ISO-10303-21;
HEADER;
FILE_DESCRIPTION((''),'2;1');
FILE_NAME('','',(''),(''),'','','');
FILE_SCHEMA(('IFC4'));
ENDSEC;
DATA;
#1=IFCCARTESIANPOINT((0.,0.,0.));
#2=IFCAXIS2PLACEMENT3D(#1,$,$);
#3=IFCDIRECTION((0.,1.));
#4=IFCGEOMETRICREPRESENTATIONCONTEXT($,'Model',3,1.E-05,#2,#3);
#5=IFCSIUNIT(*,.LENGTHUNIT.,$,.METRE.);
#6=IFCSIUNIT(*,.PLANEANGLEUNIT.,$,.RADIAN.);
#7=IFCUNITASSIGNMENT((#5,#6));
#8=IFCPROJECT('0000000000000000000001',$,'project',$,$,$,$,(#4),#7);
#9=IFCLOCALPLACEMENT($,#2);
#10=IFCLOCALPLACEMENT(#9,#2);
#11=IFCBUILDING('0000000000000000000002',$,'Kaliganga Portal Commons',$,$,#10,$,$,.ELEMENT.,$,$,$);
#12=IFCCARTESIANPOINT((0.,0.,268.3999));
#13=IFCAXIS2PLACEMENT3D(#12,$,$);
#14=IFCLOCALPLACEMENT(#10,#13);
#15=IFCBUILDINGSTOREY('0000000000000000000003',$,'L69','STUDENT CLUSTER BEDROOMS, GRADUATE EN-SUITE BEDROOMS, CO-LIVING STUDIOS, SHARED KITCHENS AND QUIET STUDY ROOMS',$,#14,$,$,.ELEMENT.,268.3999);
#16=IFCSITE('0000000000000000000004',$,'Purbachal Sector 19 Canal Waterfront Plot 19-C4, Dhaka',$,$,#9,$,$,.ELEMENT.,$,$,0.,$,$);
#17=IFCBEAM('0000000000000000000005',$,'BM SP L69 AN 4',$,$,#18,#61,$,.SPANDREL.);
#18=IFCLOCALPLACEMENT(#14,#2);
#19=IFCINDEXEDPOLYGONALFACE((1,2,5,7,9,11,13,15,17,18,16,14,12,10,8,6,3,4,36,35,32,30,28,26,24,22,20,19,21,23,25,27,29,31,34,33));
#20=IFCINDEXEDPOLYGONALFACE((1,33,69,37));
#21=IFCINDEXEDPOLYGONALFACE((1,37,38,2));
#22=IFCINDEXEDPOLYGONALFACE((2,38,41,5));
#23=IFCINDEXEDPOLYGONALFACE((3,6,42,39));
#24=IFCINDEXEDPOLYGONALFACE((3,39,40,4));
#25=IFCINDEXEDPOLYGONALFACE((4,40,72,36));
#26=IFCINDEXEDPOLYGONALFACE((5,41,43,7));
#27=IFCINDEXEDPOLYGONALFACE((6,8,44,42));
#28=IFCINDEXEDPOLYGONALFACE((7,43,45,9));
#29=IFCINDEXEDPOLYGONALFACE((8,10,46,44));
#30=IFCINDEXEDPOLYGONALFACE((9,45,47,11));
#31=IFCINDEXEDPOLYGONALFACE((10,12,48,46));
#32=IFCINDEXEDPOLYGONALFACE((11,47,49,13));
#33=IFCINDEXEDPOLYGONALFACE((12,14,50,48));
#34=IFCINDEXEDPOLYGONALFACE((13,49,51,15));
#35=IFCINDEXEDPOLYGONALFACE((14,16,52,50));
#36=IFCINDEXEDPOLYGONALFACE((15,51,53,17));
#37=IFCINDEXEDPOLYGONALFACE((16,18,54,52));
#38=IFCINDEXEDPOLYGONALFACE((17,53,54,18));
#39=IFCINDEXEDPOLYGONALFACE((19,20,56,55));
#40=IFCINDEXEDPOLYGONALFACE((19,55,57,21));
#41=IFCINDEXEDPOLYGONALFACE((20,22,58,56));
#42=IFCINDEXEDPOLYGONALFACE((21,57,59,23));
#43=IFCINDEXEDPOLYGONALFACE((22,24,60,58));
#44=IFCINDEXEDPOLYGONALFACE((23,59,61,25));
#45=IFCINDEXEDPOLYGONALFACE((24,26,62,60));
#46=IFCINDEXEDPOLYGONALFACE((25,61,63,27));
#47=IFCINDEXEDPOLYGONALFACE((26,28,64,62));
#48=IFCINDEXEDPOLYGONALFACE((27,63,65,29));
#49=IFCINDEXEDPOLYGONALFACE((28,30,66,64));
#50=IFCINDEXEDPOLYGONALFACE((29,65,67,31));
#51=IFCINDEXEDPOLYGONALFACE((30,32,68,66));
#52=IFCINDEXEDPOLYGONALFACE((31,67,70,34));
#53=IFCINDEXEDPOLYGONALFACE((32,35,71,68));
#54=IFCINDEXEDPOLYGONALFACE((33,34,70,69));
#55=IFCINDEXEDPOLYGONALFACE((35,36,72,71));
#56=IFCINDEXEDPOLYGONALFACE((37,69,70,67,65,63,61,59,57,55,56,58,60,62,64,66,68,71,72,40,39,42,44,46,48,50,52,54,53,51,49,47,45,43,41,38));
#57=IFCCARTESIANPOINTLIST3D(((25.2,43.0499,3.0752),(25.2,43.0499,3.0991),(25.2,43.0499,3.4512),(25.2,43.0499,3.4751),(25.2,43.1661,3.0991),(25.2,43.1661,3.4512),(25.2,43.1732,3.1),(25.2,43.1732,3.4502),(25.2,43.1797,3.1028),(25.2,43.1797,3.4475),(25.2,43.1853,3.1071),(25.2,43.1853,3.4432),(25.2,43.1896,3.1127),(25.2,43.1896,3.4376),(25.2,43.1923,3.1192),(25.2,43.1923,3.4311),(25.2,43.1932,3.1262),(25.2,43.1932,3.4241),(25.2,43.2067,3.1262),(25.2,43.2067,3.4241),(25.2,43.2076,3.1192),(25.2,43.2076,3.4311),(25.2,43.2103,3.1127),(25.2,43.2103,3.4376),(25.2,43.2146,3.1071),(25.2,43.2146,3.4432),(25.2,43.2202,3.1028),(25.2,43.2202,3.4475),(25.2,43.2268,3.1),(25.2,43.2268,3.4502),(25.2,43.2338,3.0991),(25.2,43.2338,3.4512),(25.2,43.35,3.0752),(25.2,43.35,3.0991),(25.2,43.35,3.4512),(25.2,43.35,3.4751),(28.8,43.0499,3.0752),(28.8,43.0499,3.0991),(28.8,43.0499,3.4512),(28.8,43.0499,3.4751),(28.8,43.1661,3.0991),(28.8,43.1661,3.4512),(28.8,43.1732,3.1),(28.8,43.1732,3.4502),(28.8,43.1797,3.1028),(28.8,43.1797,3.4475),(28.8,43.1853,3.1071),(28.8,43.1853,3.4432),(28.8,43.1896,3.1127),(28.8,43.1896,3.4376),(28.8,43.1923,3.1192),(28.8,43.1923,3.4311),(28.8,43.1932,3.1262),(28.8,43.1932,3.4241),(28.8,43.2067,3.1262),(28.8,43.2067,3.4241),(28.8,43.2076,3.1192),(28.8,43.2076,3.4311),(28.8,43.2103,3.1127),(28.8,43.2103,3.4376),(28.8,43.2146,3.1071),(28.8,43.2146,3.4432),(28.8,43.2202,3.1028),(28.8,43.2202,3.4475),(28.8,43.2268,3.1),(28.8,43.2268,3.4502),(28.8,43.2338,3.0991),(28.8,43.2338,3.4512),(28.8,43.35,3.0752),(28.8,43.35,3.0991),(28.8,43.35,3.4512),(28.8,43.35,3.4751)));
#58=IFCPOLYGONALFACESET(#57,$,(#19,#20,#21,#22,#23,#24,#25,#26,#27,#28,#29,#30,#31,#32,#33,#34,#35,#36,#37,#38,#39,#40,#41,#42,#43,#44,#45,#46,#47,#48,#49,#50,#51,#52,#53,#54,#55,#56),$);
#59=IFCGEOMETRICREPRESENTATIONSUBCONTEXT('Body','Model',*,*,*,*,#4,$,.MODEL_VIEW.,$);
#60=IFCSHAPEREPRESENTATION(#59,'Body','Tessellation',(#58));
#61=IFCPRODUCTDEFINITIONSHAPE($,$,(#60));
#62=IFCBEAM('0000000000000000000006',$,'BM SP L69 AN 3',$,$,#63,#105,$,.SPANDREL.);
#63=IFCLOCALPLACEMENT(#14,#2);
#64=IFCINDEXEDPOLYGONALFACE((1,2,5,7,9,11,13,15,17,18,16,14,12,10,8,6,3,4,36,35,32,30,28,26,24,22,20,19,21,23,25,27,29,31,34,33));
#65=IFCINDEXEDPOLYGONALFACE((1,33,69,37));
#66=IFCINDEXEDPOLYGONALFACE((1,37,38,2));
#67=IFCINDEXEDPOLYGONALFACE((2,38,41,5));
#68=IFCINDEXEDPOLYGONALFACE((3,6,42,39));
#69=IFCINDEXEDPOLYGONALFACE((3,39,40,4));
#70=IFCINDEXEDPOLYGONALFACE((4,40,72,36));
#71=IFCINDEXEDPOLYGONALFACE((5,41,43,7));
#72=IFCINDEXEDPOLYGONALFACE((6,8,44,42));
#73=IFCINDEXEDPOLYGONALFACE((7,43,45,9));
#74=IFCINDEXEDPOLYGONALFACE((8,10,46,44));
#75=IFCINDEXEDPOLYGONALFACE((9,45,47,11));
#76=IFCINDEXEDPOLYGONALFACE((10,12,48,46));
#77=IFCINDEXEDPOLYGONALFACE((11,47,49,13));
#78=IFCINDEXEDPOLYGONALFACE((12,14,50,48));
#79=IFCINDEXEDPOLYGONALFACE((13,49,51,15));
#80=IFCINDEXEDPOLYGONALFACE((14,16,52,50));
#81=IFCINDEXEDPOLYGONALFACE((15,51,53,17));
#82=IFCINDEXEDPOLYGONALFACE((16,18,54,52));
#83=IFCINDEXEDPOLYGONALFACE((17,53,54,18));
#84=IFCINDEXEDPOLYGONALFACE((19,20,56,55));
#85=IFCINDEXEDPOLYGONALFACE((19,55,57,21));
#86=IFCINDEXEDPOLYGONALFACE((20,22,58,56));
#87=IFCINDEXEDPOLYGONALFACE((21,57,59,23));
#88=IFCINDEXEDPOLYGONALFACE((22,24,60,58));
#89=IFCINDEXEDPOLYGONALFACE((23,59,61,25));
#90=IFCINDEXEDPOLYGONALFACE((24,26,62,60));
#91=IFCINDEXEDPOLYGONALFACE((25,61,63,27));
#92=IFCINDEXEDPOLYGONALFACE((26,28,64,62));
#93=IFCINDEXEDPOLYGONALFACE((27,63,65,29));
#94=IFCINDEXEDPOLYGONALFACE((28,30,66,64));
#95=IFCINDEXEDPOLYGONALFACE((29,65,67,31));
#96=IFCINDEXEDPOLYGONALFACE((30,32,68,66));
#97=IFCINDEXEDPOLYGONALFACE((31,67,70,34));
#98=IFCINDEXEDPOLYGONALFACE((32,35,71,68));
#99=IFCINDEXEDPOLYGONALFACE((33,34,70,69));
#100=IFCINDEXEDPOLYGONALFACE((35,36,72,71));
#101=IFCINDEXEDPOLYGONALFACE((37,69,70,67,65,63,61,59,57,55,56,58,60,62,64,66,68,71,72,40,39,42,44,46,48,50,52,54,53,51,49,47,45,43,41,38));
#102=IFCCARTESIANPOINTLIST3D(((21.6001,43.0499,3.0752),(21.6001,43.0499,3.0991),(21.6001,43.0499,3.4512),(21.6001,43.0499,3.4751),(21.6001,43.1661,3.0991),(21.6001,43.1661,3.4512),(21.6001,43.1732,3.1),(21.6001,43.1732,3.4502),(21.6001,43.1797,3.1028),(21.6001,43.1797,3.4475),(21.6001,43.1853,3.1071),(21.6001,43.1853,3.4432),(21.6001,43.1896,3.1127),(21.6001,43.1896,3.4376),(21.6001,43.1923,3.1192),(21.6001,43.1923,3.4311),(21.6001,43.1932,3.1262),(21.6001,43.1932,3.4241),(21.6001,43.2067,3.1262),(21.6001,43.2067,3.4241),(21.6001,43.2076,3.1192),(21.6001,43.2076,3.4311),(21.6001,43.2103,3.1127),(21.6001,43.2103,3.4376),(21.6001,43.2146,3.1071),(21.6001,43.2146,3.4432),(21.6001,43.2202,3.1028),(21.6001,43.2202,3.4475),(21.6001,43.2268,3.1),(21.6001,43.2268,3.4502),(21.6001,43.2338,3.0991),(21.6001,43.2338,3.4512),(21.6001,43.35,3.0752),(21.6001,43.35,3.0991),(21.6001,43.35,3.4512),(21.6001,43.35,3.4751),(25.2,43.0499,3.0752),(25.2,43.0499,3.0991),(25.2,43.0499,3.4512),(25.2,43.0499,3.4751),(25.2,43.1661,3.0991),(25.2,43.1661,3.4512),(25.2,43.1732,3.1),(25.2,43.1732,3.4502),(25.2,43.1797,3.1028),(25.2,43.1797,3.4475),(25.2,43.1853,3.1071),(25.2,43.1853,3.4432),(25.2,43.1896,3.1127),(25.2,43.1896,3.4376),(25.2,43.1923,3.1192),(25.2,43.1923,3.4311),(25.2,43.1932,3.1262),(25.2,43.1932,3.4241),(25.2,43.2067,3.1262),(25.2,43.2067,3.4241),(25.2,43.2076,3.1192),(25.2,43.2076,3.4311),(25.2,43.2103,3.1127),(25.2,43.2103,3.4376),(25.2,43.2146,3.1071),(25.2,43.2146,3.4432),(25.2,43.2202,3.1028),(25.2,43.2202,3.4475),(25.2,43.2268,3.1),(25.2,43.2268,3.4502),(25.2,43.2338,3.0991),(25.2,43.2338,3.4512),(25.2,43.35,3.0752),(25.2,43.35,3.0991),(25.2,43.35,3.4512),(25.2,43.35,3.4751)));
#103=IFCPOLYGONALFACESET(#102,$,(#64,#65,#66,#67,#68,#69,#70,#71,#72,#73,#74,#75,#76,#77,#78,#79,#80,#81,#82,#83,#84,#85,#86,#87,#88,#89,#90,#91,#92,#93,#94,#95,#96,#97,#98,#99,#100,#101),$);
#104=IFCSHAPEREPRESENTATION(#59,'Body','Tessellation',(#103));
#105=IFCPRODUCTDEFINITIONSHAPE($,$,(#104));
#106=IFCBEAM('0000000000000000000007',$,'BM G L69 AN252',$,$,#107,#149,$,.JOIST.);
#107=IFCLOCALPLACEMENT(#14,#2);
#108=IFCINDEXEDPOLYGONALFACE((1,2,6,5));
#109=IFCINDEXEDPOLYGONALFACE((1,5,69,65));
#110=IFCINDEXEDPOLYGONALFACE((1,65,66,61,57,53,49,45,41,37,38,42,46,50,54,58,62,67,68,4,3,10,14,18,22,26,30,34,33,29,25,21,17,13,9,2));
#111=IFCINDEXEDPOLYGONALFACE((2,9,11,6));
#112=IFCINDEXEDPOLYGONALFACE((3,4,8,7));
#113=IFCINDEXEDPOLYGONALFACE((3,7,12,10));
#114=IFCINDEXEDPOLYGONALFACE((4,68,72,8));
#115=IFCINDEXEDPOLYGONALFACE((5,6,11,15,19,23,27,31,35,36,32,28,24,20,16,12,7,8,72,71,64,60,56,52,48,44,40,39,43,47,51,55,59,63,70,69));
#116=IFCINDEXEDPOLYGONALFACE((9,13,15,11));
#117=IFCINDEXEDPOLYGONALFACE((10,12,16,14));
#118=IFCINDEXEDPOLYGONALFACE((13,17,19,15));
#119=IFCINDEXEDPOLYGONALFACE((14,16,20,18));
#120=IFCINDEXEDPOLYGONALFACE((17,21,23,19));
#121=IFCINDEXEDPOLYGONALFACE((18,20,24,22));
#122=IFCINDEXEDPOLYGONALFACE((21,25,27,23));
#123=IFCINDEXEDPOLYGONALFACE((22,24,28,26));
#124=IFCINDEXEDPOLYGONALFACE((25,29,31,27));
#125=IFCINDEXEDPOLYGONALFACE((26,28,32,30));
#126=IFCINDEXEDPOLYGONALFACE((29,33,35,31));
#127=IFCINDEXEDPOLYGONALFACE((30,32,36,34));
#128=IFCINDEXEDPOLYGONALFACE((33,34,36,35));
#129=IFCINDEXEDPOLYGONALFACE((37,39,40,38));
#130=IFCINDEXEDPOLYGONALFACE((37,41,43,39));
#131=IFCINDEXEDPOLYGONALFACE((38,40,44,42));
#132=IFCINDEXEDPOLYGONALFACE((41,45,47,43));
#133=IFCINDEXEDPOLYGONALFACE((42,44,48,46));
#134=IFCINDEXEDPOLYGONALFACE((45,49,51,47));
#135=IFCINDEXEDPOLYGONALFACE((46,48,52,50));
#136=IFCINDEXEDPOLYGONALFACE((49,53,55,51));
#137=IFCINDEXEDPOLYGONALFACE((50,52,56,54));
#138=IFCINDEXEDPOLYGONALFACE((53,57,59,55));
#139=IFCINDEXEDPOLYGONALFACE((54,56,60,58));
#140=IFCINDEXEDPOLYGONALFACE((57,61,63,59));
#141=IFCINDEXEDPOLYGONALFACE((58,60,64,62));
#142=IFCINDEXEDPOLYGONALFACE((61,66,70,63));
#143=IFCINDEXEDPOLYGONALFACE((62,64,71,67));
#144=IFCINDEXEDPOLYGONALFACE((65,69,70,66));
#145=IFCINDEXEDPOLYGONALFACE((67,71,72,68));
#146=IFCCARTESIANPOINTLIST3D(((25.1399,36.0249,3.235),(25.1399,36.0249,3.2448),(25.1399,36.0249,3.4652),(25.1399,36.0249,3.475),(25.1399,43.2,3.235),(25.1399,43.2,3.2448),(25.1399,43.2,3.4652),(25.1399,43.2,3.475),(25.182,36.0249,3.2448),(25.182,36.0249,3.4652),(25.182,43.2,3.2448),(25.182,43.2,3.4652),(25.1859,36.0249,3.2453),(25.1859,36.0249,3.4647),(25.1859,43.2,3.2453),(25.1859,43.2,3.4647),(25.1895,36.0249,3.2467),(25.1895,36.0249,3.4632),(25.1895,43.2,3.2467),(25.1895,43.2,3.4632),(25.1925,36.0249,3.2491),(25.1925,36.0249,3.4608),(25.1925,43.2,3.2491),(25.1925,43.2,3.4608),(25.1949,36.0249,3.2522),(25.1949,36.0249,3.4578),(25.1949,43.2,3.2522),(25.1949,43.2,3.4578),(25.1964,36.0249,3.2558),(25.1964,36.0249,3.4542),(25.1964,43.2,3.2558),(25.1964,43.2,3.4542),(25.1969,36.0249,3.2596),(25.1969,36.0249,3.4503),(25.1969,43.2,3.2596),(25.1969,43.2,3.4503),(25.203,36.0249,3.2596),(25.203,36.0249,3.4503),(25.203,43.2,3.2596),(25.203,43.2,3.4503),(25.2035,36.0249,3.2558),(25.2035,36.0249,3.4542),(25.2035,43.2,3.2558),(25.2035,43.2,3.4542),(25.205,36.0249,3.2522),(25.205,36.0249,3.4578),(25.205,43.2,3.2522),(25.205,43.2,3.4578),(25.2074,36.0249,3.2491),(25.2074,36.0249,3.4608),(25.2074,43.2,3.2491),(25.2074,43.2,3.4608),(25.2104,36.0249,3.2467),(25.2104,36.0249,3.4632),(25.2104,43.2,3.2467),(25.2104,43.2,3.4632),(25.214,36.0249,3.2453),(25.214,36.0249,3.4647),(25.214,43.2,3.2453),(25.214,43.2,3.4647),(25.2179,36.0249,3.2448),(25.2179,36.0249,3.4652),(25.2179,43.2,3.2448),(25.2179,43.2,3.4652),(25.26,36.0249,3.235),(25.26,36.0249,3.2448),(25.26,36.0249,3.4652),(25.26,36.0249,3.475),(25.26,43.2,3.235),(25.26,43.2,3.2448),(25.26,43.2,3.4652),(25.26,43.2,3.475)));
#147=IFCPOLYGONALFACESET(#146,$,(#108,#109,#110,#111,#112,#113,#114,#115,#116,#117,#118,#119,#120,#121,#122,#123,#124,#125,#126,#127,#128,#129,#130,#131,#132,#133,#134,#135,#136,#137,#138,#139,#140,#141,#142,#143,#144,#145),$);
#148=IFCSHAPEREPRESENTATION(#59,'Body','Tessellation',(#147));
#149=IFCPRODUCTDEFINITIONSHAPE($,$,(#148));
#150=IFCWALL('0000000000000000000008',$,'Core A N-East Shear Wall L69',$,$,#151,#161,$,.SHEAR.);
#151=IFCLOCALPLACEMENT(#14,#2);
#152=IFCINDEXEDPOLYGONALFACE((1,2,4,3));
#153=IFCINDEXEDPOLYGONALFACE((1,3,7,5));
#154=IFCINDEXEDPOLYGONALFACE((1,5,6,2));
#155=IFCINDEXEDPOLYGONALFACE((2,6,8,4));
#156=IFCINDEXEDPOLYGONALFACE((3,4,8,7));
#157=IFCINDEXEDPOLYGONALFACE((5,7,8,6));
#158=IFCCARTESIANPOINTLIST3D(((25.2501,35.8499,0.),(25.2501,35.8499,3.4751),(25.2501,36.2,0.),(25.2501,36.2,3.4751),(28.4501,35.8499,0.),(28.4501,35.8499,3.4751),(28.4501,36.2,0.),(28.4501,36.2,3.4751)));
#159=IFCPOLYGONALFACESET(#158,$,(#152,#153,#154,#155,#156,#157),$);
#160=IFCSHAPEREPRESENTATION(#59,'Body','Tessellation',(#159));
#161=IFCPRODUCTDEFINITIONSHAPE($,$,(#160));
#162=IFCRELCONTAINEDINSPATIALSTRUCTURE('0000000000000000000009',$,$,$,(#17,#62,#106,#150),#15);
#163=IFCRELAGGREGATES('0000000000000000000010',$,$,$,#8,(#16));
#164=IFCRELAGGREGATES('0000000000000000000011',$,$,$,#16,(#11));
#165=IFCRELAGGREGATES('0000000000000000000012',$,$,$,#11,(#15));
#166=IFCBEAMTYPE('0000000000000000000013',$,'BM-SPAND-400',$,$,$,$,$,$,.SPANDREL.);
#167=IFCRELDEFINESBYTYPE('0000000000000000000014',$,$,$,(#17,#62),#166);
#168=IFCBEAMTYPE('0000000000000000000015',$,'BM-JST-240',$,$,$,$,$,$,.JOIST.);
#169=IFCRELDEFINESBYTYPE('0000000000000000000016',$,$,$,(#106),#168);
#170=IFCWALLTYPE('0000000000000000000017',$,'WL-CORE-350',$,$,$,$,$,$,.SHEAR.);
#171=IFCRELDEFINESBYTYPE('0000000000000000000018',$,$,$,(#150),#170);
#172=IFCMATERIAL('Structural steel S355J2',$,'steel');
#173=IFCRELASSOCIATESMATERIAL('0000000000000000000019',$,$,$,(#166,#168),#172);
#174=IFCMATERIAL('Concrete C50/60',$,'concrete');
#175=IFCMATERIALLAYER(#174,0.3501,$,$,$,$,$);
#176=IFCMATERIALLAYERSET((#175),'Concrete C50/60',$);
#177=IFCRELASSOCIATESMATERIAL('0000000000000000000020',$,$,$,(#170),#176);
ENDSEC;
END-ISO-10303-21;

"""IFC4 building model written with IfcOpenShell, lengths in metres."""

from ifc_helpers import new_model, si_unit, direction, frame, frame_2d, origin, origin_2d, place, context, subcontext, project, spatial, rectangle, i_section, extrude, source, transform, mapped, material, layer, layer_set, material_profile, profile_set, type_object, element, save


model = new_model("IFC4")

# Units and contexts
model_context = context("Model", 3, precision=1e-05, world=origin(), true_north=direction((0.0, 1.0)))
body_context = subcontext(model_context, "Body", "Model", "MODEL_VIEW")
ifc_project = project(units=[si_unit("LENGTHUNIT", "METRE"), si_unit("PLANEANGLEUNIT", "RADIAN")], contexts=[model_context])

# Site, building, storey
site_placement = place(None, origin())
site = spatial("IfcSite", under=ifc_project, at=site_placement, Name="Purbachal Sector 19 Canal Waterfront Plot 19-C4, Dhaka", CompositionType="ELEMENT", RefElevation=0.0)
building_placement = place(site_placement, origin())
building = spatial("IfcBuilding", under=site, at=building_placement, Name="Kaliganga Portal Commons", CompositionType="ELEMENT")
storey_placement = place(building_placement, frame((0.0, 0.0, 268.3999)))
storey = spatial("IfcBuildingStorey", under=building, at=storey_placement, Name="L69", Description="STUDENT CLUSTER BEDROOMS, GRADUATE EN-SUITE BEDROOMS, CO-LIVING STUDIOS, SHARED KITCHENS AND QUIET STUDY ROOMS", CompositionType="ELEMENT", Elevation=268.3999)

# Shared definitions
ifc_material_1 = material(Name="Concrete C50/60", Category="concrete")
ifc_material_2 = material(Name="Structural steel S355J2", Category="steel")

# Beams
ifc_material_profile_1 = material_profile(ifc_material_2, i_section(OverallWidth=0.3, OverallDepth=0.3999, WebThickness=0.0134, FlangeThickness=0.0239, FilletRadius=0.0271, at=origin_2d()), Name="HE 400 B")
ifc_profile_set_1 = profile_set([ifc_material_profile_1], Name="Structural steel S355J2 wide-flange")
beam_type_1 = type_object("IfcBeamType", Name="BM-SPAND-400", PredefinedType="SPANDREL", material=ifc_profile_set_1)
shared_shape_1 = source(origin(), body_context, "Body", "SweptSolid", [
    extrude(i_section(OverallWidth=0.3, OverallDepth=0.3999, WebThickness=0.0134, FlangeThickness=0.0239, FilletRadius=0.0271, at=origin_2d()), origin(), (0.0, 0.0, 1.0), 3.6001),
])
for number, where, z_axis, x_axis, name in (
    (1, (25.2, 43.2, 3.2751), (1.0, 0.0, 0.0), (0.0, 1.0, 0.0), "BM SP L69 AN 4"),
):
    element("IfcBeam", number, at=place(storey_placement, frame(where, z_axis=z_axis, x_axis=x_axis)), inside=storey, type_object=beam_type_1, Name=name, PredefinedType="SPANDREL", context=body_context, shape_type="MappedRepresentation", body=[
        mapped(shared_shape_1, transform((0.0, 0.0, 0.0), x_axis=(1.0, 0.0, 0.0), y_axis=(0.0, 1.0, 0.0), z_axis=(0.0, 0.0, 1.0), scale=1.0)),
    ])
shared_shape_2 = source(origin(), body_context, "Body", "SweptSolid", [
    extrude(i_section(OverallWidth=0.3, OverallDepth=0.3999, WebThickness=0.0134, FlangeThickness=0.0239, FilletRadius=0.0271, at=origin_2d()), origin(), (0.0, 0.0, 1.0), 3.5999),
])
beam_1_placement = place(storey_placement, frame((21.6001, 43.2, 3.2751), z_axis=(1.0, 0.0, 0.0), x_axis=(0.0, 1.0, 0.0)))
element("IfcBeam", 2, at=beam_1_placement, inside=storey, type_object=beam_type_1, Name="BM SP L69 AN 3", PredefinedType="SPANDREL", context=body_context, shape_type="MappedRepresentation", body=[
    mapped(shared_shape_2, transform((0.0, 0.0, 0.0), x_axis=(1.0, 0.0, 0.0), y_axis=(0.0, 1.0, 0.0), z_axis=(0.0, 0.0, 1.0), scale=1.0)),
])
ifc_material_profile_2 = material_profile(ifc_material_2, i_section(OverallWidth=0.1201, OverallDepth=0.24, WebThickness=0.0061, FlangeThickness=0.0098, FilletRadius=0.0149, at=origin_2d()), Name="IPE 240")
ifc_profile_set_2 = profile_set([ifc_material_profile_2], Name="Structural steel S355J2 wide-flange")
beam_type_2 = type_object("IfcBeamType", Name="BM-JST-240", PredefinedType="JOIST", material=ifc_profile_set_2)
shared_shape_3 = source(origin(), body_context, "Body", "SweptSolid", [
    extrude(i_section(OverallWidth=0.1201, OverallDepth=0.24, WebThickness=0.0061, FlangeThickness=0.0098, FilletRadius=0.0149, at=origin_2d()), origin(), (0.0, 0.0, 1.0), 7.175),
])
beam_2_placement = place(storey_placement, frame((25.2, 36.0249, 3.355), z_axis=(0.0, 1.0, 0.0), x_axis=(-1.0, 0.0, 0.0)))
element("IfcBeam", 3, at=beam_2_placement, inside=storey, type_object=beam_type_2, Name="BM G L69 AN252", PredefinedType="JOIST", context=body_context, shape_type="MappedRepresentation", body=[
    mapped(shared_shape_3, transform((0.0, 0.0, 0.0), x_axis=(1.0, 0.0, 0.0), y_axis=(0.0, 1.0, 0.0), z_axis=(0.0, 0.0, 1.0), scale=1.0)),
])

# Wall
ifc_layer_1 = layer(ifc_material_1, 0.3501)
ifc_layer_set_1 = layer_set([ifc_layer_1], Name="Concrete C50/60")
wall_type_1 = type_object("IfcWallType", Name="WL-CORE-350", PredefinedType="SHEAR", material=ifc_layer_set_1)
wall_1_placement = place(storey_placement, frame((25.25, 36.0249, 0.0), z_axis=(0.0, 0.0, 1.0), x_axis=(1.0, 0.0, 0.0)))
element("IfcWall", 4, at=wall_1_placement, inside=storey, type_object=wall_type_1, Name="Core A N-East Shear Wall L69", PredefinedType="SHEAR", context=body_context, shape_type="SweptSolid", body=[
    extrude(rectangle(XDim=3.2, YDim=0.3501, at=frame_2d((1.6001, 0.0))), origin(), (0.0, 0.0, 1.0), 3.4751),
])

save(model, "model.ifc")
